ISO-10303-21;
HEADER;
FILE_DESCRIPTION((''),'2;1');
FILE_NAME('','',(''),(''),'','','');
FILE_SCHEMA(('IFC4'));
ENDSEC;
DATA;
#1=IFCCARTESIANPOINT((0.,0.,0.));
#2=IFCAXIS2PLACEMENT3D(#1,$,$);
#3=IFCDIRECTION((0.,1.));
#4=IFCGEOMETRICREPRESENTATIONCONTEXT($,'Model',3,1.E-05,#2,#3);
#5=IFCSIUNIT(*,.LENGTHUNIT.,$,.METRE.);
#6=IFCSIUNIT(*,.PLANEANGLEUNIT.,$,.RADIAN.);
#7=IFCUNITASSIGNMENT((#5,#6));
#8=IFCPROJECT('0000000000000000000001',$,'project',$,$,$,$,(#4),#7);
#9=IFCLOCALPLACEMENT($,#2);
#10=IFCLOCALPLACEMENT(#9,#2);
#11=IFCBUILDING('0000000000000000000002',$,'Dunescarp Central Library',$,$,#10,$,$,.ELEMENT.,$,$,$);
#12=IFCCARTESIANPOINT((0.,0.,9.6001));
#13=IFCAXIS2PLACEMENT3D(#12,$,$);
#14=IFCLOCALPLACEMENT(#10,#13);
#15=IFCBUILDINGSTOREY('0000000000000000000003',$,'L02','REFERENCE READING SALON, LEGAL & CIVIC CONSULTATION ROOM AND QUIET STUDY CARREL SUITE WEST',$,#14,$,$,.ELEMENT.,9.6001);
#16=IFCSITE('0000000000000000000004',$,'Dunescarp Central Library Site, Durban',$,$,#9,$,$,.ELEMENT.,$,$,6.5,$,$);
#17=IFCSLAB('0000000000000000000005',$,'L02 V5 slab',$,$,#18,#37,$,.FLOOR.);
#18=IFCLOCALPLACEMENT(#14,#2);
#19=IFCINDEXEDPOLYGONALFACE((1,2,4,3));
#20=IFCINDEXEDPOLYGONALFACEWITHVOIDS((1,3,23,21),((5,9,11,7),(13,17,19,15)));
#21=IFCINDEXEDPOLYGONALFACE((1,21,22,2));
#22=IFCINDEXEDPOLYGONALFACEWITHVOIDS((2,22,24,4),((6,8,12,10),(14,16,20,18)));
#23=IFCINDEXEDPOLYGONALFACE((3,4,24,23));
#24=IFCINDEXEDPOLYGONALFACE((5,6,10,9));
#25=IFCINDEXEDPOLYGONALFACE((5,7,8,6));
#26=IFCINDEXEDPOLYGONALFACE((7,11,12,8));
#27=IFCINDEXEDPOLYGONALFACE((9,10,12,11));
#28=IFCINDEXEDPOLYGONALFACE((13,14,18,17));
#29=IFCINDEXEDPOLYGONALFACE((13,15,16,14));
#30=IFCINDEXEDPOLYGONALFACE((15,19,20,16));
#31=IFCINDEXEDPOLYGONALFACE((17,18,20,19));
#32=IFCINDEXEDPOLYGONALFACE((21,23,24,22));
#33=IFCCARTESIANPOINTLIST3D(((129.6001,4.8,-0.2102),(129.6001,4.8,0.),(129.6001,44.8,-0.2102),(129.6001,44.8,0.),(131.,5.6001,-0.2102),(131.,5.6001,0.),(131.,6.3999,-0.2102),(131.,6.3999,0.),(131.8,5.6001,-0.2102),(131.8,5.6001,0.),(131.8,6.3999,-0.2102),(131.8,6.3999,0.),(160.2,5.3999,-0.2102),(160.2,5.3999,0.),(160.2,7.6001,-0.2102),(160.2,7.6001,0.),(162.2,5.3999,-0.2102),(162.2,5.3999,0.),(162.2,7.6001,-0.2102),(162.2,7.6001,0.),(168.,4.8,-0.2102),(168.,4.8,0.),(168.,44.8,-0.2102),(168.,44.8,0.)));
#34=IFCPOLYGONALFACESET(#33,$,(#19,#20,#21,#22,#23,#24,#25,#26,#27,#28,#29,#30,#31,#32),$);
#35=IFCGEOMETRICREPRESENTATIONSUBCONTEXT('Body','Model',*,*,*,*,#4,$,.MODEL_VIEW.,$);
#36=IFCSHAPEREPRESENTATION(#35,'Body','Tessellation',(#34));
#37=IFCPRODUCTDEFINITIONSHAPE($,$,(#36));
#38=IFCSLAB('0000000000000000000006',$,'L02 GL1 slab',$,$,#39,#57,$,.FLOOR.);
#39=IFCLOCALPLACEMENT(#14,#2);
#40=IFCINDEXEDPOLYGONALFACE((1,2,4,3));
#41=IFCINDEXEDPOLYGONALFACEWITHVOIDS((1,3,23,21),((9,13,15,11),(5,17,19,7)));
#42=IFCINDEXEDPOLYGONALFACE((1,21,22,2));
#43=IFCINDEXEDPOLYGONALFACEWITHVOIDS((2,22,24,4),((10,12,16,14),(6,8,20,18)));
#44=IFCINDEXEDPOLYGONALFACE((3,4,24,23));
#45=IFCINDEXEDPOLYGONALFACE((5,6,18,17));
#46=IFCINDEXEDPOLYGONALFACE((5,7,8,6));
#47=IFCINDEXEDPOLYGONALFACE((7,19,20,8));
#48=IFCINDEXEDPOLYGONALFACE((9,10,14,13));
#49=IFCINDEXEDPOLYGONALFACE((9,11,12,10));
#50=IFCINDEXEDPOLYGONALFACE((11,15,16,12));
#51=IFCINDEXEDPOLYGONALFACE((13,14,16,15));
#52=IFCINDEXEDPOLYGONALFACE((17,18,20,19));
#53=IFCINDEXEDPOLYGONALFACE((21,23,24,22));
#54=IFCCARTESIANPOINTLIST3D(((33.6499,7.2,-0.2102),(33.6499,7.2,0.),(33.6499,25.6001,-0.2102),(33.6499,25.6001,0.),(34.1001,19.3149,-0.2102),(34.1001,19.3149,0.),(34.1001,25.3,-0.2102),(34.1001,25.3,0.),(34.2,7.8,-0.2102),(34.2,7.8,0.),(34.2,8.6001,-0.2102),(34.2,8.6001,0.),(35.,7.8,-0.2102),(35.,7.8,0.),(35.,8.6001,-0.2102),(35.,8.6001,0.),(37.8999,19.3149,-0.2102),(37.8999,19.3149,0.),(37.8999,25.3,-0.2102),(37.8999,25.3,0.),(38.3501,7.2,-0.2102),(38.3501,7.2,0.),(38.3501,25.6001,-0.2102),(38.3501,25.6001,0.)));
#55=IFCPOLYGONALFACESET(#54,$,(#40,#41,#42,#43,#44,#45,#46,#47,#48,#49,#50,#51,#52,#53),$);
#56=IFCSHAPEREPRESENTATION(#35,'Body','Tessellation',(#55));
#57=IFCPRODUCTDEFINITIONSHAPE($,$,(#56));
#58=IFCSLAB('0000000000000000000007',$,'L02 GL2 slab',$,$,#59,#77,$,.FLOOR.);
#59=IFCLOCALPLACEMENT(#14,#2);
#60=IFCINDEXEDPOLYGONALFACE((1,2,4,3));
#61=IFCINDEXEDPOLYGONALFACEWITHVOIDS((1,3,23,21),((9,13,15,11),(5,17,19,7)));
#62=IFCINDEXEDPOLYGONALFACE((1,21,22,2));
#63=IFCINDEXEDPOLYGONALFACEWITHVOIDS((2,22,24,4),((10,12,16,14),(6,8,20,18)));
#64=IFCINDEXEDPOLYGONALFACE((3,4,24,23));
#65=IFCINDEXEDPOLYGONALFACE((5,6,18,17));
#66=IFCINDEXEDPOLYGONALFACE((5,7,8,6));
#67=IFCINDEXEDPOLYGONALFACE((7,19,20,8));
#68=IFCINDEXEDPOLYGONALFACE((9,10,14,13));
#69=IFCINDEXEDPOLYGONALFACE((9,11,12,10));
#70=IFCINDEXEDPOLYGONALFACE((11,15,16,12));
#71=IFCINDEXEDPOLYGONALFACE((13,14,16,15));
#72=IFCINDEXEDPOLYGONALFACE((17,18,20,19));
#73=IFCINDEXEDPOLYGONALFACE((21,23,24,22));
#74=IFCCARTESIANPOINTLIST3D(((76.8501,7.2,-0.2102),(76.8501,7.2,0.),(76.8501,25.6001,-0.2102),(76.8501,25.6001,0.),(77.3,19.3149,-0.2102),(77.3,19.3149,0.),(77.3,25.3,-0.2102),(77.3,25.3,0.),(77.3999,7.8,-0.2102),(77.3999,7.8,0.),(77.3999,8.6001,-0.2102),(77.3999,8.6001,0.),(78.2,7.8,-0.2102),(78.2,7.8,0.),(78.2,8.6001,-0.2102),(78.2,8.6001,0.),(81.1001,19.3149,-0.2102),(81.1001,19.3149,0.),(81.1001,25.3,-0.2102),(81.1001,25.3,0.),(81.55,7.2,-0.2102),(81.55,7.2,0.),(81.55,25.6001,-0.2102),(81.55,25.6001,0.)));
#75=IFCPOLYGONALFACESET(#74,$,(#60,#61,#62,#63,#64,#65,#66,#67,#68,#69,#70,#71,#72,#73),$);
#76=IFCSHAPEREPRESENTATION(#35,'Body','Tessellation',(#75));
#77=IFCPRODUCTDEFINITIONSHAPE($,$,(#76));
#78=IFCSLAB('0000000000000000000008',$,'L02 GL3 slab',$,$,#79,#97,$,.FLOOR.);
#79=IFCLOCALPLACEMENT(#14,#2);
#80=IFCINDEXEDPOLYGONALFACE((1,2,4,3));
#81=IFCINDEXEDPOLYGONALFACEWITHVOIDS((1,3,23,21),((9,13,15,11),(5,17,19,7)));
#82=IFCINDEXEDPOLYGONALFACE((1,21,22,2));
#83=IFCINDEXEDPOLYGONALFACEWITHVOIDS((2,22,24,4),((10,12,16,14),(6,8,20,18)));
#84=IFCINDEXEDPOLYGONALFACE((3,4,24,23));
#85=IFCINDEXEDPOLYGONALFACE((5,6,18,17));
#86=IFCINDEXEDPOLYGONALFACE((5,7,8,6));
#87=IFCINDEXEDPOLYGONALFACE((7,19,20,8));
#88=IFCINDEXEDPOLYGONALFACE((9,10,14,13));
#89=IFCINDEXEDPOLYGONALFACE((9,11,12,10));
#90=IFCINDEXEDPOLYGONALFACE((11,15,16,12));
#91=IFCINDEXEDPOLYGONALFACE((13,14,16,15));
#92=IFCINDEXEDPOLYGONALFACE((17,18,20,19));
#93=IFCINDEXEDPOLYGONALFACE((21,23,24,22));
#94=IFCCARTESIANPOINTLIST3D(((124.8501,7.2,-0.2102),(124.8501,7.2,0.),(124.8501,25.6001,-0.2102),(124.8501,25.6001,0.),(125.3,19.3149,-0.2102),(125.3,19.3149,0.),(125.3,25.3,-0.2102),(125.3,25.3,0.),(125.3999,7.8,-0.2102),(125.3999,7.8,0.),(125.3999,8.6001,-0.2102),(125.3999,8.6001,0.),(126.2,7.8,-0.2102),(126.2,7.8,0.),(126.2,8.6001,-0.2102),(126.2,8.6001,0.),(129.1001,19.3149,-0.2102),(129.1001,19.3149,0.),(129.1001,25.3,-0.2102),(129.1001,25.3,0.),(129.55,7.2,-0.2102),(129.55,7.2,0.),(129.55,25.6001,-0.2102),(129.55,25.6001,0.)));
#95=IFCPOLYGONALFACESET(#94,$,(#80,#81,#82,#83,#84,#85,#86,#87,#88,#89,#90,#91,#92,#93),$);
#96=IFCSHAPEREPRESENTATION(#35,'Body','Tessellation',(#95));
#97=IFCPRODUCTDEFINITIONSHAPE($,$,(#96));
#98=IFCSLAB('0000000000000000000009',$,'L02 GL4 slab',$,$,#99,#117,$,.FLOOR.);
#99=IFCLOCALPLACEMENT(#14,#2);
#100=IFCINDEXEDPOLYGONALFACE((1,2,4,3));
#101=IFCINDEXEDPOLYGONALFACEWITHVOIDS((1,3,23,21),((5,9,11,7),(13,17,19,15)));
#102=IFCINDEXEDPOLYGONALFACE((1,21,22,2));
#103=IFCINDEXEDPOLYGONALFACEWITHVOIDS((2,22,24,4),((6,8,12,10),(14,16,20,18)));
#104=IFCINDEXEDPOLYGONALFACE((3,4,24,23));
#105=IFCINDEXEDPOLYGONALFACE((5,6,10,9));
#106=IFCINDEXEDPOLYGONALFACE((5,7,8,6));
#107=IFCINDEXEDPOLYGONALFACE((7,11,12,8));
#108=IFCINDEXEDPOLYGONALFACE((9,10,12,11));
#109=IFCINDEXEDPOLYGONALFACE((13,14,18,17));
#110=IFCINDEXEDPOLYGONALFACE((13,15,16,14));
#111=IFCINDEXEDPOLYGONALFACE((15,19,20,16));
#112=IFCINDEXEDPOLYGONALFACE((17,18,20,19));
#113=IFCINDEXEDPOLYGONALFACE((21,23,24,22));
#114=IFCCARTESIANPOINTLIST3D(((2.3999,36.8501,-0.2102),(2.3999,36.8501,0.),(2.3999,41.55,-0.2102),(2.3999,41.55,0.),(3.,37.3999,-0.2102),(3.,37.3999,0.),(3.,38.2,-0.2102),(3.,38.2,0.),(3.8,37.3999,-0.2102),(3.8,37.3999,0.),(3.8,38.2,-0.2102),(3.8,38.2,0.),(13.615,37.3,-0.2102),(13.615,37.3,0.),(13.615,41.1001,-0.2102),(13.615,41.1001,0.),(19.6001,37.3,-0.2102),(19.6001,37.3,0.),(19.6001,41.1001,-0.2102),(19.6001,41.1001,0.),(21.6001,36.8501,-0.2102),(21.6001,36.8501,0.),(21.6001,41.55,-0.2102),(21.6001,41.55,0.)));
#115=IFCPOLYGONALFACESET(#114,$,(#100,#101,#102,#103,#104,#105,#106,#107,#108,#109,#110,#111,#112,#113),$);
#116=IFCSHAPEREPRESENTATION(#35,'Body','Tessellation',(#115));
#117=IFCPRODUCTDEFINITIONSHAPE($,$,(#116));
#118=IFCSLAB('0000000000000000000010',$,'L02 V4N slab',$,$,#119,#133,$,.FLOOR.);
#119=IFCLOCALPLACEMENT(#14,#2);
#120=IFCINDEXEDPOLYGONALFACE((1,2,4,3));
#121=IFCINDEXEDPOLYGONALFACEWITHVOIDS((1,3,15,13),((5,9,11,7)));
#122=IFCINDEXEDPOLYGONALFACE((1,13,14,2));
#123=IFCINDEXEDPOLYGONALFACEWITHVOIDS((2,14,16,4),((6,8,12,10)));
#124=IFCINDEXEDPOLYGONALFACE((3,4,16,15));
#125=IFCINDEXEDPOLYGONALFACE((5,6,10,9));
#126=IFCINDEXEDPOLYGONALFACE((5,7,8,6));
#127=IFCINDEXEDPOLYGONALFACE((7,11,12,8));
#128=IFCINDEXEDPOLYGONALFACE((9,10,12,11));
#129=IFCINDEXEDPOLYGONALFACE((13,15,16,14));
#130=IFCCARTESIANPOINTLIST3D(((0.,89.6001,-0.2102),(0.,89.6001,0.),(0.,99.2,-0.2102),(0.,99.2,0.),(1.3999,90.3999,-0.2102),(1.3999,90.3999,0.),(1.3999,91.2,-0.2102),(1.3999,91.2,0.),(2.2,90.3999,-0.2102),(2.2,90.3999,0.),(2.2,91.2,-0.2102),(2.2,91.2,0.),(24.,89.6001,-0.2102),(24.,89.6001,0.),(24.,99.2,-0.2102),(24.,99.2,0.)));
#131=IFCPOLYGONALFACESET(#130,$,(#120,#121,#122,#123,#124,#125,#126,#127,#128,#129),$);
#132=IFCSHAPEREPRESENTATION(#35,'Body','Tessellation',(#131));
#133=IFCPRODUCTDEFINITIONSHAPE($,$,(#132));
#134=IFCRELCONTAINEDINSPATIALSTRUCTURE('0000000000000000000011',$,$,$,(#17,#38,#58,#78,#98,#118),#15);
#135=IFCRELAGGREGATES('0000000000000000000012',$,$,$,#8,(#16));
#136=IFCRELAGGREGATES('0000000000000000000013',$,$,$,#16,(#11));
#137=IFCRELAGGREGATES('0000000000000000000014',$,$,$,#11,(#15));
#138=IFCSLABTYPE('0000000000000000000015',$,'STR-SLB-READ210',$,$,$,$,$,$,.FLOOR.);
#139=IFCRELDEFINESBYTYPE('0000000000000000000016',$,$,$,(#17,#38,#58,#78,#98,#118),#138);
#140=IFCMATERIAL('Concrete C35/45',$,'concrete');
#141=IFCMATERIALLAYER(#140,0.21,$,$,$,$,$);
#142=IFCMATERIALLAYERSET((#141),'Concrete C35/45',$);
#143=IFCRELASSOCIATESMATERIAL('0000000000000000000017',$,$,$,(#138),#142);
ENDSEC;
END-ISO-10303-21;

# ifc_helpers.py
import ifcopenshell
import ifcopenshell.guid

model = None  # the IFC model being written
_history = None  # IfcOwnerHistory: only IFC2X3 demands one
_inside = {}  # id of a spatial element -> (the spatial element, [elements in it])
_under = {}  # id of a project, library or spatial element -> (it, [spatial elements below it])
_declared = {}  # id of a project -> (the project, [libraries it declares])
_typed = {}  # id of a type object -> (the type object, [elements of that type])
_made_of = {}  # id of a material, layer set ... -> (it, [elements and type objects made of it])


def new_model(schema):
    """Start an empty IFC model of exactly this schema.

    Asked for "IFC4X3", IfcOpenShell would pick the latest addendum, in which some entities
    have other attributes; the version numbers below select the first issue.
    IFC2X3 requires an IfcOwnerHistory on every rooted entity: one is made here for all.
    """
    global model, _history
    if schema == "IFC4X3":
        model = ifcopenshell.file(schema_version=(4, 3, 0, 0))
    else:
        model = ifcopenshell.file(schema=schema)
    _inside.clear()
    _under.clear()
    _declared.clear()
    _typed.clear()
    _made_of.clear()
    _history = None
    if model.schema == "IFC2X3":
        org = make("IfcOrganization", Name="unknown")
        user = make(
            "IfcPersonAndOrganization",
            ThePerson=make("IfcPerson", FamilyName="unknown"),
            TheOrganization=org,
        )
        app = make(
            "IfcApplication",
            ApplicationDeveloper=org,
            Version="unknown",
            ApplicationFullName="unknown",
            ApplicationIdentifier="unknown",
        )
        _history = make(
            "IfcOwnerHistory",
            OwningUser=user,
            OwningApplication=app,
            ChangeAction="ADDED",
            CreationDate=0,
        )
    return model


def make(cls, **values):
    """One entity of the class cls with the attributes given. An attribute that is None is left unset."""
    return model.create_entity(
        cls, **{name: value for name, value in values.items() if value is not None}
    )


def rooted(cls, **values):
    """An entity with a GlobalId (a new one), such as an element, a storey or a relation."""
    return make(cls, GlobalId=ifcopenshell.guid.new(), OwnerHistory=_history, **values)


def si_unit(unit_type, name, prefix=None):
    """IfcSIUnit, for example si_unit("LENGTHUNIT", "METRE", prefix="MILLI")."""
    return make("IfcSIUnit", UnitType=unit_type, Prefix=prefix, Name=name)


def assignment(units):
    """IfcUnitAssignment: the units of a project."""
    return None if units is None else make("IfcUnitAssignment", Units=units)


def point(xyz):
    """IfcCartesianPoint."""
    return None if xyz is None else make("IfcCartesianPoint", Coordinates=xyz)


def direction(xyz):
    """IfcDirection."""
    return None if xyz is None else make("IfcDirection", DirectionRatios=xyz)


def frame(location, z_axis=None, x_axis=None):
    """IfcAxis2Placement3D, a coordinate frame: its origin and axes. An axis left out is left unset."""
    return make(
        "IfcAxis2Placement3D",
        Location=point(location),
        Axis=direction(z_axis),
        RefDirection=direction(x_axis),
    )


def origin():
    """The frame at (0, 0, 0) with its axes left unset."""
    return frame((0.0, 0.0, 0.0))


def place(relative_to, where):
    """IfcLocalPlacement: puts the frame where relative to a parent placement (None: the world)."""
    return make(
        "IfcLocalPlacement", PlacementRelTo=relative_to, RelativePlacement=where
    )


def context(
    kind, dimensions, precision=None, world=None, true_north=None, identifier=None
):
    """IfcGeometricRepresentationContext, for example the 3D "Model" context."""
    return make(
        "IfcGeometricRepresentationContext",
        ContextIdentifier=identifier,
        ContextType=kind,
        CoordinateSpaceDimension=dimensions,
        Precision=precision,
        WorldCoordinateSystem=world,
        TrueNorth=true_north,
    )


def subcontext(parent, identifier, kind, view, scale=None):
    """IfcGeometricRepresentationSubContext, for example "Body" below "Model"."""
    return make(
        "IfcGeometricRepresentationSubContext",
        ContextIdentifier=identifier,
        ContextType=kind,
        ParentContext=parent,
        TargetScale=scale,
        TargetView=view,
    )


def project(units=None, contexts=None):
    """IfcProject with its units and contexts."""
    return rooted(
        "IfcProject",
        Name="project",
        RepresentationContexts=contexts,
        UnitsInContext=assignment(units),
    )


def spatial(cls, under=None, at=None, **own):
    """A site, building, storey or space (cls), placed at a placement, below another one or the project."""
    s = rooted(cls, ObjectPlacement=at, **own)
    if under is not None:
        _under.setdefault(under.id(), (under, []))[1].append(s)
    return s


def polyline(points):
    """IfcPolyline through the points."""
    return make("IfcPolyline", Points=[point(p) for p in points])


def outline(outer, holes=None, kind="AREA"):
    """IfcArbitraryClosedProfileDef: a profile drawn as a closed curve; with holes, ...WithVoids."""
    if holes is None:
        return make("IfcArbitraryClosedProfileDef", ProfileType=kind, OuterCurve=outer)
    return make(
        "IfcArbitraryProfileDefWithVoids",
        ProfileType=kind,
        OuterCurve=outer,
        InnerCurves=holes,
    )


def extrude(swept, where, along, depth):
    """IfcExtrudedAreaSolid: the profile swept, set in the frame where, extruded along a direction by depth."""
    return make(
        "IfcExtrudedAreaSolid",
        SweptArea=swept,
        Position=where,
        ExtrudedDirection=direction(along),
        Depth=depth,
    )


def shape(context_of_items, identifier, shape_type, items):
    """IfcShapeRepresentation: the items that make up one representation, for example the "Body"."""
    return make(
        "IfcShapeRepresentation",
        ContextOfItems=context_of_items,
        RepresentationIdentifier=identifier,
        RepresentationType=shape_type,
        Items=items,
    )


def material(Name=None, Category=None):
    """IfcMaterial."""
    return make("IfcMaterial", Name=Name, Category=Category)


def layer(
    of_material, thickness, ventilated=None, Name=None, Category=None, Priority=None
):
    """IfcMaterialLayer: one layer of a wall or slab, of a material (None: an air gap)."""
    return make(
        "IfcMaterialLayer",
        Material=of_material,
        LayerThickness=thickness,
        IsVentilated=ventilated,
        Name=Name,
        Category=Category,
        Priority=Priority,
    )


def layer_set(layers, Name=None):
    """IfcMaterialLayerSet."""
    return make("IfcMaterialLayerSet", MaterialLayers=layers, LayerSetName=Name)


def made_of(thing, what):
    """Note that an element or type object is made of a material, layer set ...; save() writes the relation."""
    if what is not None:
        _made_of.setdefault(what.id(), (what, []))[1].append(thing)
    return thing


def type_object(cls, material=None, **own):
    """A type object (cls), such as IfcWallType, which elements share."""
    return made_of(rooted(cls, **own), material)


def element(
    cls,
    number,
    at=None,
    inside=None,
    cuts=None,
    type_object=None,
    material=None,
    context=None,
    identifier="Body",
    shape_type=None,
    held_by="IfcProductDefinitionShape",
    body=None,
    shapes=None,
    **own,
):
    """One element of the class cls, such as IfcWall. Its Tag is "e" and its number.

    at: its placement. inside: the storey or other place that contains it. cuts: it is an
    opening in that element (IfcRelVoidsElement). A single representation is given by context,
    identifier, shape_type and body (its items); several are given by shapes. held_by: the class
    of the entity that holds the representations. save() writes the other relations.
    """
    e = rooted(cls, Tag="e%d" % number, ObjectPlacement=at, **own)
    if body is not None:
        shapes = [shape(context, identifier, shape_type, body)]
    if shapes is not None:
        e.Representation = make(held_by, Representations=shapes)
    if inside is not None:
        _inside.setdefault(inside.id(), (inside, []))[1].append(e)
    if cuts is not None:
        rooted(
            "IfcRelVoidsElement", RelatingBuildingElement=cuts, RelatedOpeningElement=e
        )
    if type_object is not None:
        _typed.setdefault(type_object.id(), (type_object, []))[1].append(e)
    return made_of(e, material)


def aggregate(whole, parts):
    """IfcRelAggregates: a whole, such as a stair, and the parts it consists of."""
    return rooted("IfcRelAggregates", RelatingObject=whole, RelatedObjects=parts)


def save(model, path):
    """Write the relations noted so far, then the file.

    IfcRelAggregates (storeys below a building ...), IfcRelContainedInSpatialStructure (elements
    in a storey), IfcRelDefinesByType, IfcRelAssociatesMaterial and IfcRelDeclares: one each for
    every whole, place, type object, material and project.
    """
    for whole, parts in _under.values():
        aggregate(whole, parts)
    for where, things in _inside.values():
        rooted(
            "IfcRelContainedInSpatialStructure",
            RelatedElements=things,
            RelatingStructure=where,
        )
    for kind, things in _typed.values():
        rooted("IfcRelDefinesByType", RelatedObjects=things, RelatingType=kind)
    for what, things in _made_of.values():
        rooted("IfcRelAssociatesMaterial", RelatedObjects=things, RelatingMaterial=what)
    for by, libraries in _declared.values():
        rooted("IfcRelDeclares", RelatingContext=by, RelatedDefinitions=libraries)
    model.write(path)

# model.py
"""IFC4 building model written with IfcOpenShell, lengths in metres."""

from ifc_helpers import new_model, si_unit, direction, frame, origin, place, context, subcontext, project, spatial, polyline, outline, extrude, material, layer, layer_set, type_object, element, save


model = new_model("IFC4")

# Units and contexts
model_context = context("Model", 3, precision=1e-05, world=origin(), true_north=direction((0.0, 1.0)))
body_context = subcontext(model_context, "Body", "Model", "MODEL_VIEW")
ifc_project = project(units=[si_unit("LENGTHUNIT", "METRE"), si_unit("PLANEANGLEUNIT", "RADIAN")], contexts=[model_context])

# Site, building, storey
site_placement = place(None, origin())
site = spatial("IfcSite", under=ifc_project, at=site_placement, Name="Dunescarp Central Library Site, Durban", CompositionType="ELEMENT", RefElevation=6.5)
building_placement = place(site_placement, origin())
building = spatial("IfcBuilding", under=site, at=building_placement, Name="Dunescarp Central Library", CompositionType="ELEMENT")
storey_placement = place(building_placement, frame((0.0, 0.0, 9.6001)))
storey = spatial("IfcBuildingStorey", under=building, at=storey_placement, Name="L02", Description="REFERENCE READING SALON, LEGAL & CIVIC CONSULTATION ROOM AND QUIET STUDY CARREL SUITE WEST", CompositionType="ELEMENT", Elevation=9.6001)

# Shared definitions
ifc_material_1 = material(Name="Concrete C35/45", Category="concrete")

# Slabs
ifc_layer_1 = layer(ifc_material_1, 0.21)
ifc_layer_set_1 = layer_set([ifc_layer_1], Name="Concrete C35/45")
slab_type_1 = type_object("IfcSlabType", Name="STR-SLB-READ210", PredefinedType="FLOOR", material=ifc_layer_set_1)
slab_1_placement = place(storey_placement, frame((0.0, 0.0, -0.2102)))
element("IfcSlab", 1, at=slab_1_placement, inside=storey, type_object=slab_type_1, Name="L02 V5 slab", PredefinedType="FLOOR", context=body_context, shape_type="SweptSolid", body=[
    extrude(outline(polyline([(129.6001, 4.8), (168.0, 4.8), (168.0, 44.8), (129.6001, 44.8), (129.6001, 4.8)]), holes=[polyline([(160.2, 5.3999), (162.2, 5.3999), (162.2, 7.6001), (160.2, 7.6001), (160.2, 5.3999)]), polyline([(131.0, 5.6001), (131.8, 5.6001), (131.8, 6.3999), (131.0, 6.3999), (131.0, 5.6001)])]), origin(), (0.0, 0.0, 1.0), 0.2102),
])
slab_2_placement = place(storey_placement, frame((0.0, 0.0, -0.2102)))
element("IfcSlab", 2, at=slab_2_placement, inside=storey, type_object=slab_type_1, Name="L02 GL1 slab", PredefinedType="FLOOR", context=body_context, shape_type="SweptSolid", body=[
    extrude(outline(polyline([(33.6499, 7.2), (38.3501, 7.2), (38.3501, 25.6001), (33.6499, 25.6001), (33.6499, 7.2)]), holes=[polyline([(34.1001, 19.3149), (37.8999, 19.3149), (37.8999, 25.3), (34.1001, 25.3), (34.1001, 19.3149)]), polyline([(34.2, 7.8), (35.0, 7.8), (35.0, 8.6001), (34.2, 8.6001), (34.2, 7.8)])]), origin(), (0.0, 0.0, 1.0), 0.2102),
])
slab_3_placement = place(storey_placement, frame((0.0, 0.0, -0.2102)))
element("IfcSlab", 3, at=slab_3_placement, inside=storey, type_object=slab_type_1, Name="L02 GL2 slab", PredefinedType="FLOOR", context=body_context, shape_type="SweptSolid", body=[
    extrude(outline(polyline([(76.8501, 7.2), (81.55, 7.2), (81.55, 25.6001), (76.8501, 25.6001), (76.8501, 7.2)]), holes=[polyline([(77.3, 19.3149), (81.1001, 19.3149), (81.1001, 25.3), (77.3, 25.3), (77.3, 19.3149)]), polyline([(77.3999, 7.8), (78.2, 7.8), (78.2, 8.6001), (77.3999, 8.6001), (77.3999, 7.8)])]), origin(), (0.0, 0.0, 1.0), 0.2102),
])
slab_4_placement = place(storey_placement, frame((0.0, 0.0, -0.2102)))
element("IfcSlab", 4, at=slab_4_placement, inside=storey, type_object=slab_type_1, Name="L02 GL3 slab", PredefinedType="FLOOR", context=body_context, shape_type="SweptSolid", body=[
    extrude(outline(polyline([(124.8501, 7.2), (129.55, 7.2), (129.55, 25.6001), (124.8501, 25.6001), (124.8501, 7.2)]), holes=[polyline([(125.3, 19.3149), (129.1001, 19.3149), (129.1001, 25.3), (125.3, 25.3), (125.3, 19.3149)]), polyline([(125.3999, 7.8), (126.2, 7.8), (126.2, 8.6001), (125.3999, 8.6001), (125.3999, 7.8)])]), origin(), (0.0, 0.0, 1.0), 0.2102),
])
slab_5_placement = place(storey_placement, frame((0.0, 0.0, -0.2102)))
element("IfcSlab", 5, at=slab_5_placement, inside=storey, type_object=slab_type_1, Name="L02 GL4 slab", PredefinedType="FLOOR", context=body_context, shape_type="SweptSolid", body=[
    extrude(outline(polyline([(2.3999, 36.8501), (21.6001, 36.8501), (21.6001, 41.55), (2.3999, 41.55), (2.3999, 36.8501)]), holes=[polyline([(13.615, 37.3), (19.6001, 37.3), (19.6001, 41.1001), (13.615, 41.1001), (13.615, 37.3)]), polyline([(3.0, 37.3999), (3.8, 37.3999), (3.8, 38.2), (3.0, 38.2), (3.0, 37.3999)])]), origin(), (0.0, 0.0, 1.0), 0.2102),
])
slab_6_placement = place(storey_placement, frame((0.0, 0.0, -0.2102)))
element("IfcSlab", 6, at=slab_6_placement, inside=storey, type_object=slab_type_1, Name="L02 V4N slab", PredefinedType="FLOOR", context=body_context, shape_type="SweptSolid", body=[
    extrude(outline(polyline([(0.0, 89.6001), (24.0, 89.6001), (24.0, 99.2), (0.0, 99.2), (0.0, 89.6001)]), holes=[polyline([(1.3999, 90.3999), (2.2, 90.3999), (2.2, 91.2), (1.3999, 91.2), (1.3999, 90.3999)])]), origin(), (0.0, 0.0, 1.0), 0.2102),
])

save(model, "model.ifc")
